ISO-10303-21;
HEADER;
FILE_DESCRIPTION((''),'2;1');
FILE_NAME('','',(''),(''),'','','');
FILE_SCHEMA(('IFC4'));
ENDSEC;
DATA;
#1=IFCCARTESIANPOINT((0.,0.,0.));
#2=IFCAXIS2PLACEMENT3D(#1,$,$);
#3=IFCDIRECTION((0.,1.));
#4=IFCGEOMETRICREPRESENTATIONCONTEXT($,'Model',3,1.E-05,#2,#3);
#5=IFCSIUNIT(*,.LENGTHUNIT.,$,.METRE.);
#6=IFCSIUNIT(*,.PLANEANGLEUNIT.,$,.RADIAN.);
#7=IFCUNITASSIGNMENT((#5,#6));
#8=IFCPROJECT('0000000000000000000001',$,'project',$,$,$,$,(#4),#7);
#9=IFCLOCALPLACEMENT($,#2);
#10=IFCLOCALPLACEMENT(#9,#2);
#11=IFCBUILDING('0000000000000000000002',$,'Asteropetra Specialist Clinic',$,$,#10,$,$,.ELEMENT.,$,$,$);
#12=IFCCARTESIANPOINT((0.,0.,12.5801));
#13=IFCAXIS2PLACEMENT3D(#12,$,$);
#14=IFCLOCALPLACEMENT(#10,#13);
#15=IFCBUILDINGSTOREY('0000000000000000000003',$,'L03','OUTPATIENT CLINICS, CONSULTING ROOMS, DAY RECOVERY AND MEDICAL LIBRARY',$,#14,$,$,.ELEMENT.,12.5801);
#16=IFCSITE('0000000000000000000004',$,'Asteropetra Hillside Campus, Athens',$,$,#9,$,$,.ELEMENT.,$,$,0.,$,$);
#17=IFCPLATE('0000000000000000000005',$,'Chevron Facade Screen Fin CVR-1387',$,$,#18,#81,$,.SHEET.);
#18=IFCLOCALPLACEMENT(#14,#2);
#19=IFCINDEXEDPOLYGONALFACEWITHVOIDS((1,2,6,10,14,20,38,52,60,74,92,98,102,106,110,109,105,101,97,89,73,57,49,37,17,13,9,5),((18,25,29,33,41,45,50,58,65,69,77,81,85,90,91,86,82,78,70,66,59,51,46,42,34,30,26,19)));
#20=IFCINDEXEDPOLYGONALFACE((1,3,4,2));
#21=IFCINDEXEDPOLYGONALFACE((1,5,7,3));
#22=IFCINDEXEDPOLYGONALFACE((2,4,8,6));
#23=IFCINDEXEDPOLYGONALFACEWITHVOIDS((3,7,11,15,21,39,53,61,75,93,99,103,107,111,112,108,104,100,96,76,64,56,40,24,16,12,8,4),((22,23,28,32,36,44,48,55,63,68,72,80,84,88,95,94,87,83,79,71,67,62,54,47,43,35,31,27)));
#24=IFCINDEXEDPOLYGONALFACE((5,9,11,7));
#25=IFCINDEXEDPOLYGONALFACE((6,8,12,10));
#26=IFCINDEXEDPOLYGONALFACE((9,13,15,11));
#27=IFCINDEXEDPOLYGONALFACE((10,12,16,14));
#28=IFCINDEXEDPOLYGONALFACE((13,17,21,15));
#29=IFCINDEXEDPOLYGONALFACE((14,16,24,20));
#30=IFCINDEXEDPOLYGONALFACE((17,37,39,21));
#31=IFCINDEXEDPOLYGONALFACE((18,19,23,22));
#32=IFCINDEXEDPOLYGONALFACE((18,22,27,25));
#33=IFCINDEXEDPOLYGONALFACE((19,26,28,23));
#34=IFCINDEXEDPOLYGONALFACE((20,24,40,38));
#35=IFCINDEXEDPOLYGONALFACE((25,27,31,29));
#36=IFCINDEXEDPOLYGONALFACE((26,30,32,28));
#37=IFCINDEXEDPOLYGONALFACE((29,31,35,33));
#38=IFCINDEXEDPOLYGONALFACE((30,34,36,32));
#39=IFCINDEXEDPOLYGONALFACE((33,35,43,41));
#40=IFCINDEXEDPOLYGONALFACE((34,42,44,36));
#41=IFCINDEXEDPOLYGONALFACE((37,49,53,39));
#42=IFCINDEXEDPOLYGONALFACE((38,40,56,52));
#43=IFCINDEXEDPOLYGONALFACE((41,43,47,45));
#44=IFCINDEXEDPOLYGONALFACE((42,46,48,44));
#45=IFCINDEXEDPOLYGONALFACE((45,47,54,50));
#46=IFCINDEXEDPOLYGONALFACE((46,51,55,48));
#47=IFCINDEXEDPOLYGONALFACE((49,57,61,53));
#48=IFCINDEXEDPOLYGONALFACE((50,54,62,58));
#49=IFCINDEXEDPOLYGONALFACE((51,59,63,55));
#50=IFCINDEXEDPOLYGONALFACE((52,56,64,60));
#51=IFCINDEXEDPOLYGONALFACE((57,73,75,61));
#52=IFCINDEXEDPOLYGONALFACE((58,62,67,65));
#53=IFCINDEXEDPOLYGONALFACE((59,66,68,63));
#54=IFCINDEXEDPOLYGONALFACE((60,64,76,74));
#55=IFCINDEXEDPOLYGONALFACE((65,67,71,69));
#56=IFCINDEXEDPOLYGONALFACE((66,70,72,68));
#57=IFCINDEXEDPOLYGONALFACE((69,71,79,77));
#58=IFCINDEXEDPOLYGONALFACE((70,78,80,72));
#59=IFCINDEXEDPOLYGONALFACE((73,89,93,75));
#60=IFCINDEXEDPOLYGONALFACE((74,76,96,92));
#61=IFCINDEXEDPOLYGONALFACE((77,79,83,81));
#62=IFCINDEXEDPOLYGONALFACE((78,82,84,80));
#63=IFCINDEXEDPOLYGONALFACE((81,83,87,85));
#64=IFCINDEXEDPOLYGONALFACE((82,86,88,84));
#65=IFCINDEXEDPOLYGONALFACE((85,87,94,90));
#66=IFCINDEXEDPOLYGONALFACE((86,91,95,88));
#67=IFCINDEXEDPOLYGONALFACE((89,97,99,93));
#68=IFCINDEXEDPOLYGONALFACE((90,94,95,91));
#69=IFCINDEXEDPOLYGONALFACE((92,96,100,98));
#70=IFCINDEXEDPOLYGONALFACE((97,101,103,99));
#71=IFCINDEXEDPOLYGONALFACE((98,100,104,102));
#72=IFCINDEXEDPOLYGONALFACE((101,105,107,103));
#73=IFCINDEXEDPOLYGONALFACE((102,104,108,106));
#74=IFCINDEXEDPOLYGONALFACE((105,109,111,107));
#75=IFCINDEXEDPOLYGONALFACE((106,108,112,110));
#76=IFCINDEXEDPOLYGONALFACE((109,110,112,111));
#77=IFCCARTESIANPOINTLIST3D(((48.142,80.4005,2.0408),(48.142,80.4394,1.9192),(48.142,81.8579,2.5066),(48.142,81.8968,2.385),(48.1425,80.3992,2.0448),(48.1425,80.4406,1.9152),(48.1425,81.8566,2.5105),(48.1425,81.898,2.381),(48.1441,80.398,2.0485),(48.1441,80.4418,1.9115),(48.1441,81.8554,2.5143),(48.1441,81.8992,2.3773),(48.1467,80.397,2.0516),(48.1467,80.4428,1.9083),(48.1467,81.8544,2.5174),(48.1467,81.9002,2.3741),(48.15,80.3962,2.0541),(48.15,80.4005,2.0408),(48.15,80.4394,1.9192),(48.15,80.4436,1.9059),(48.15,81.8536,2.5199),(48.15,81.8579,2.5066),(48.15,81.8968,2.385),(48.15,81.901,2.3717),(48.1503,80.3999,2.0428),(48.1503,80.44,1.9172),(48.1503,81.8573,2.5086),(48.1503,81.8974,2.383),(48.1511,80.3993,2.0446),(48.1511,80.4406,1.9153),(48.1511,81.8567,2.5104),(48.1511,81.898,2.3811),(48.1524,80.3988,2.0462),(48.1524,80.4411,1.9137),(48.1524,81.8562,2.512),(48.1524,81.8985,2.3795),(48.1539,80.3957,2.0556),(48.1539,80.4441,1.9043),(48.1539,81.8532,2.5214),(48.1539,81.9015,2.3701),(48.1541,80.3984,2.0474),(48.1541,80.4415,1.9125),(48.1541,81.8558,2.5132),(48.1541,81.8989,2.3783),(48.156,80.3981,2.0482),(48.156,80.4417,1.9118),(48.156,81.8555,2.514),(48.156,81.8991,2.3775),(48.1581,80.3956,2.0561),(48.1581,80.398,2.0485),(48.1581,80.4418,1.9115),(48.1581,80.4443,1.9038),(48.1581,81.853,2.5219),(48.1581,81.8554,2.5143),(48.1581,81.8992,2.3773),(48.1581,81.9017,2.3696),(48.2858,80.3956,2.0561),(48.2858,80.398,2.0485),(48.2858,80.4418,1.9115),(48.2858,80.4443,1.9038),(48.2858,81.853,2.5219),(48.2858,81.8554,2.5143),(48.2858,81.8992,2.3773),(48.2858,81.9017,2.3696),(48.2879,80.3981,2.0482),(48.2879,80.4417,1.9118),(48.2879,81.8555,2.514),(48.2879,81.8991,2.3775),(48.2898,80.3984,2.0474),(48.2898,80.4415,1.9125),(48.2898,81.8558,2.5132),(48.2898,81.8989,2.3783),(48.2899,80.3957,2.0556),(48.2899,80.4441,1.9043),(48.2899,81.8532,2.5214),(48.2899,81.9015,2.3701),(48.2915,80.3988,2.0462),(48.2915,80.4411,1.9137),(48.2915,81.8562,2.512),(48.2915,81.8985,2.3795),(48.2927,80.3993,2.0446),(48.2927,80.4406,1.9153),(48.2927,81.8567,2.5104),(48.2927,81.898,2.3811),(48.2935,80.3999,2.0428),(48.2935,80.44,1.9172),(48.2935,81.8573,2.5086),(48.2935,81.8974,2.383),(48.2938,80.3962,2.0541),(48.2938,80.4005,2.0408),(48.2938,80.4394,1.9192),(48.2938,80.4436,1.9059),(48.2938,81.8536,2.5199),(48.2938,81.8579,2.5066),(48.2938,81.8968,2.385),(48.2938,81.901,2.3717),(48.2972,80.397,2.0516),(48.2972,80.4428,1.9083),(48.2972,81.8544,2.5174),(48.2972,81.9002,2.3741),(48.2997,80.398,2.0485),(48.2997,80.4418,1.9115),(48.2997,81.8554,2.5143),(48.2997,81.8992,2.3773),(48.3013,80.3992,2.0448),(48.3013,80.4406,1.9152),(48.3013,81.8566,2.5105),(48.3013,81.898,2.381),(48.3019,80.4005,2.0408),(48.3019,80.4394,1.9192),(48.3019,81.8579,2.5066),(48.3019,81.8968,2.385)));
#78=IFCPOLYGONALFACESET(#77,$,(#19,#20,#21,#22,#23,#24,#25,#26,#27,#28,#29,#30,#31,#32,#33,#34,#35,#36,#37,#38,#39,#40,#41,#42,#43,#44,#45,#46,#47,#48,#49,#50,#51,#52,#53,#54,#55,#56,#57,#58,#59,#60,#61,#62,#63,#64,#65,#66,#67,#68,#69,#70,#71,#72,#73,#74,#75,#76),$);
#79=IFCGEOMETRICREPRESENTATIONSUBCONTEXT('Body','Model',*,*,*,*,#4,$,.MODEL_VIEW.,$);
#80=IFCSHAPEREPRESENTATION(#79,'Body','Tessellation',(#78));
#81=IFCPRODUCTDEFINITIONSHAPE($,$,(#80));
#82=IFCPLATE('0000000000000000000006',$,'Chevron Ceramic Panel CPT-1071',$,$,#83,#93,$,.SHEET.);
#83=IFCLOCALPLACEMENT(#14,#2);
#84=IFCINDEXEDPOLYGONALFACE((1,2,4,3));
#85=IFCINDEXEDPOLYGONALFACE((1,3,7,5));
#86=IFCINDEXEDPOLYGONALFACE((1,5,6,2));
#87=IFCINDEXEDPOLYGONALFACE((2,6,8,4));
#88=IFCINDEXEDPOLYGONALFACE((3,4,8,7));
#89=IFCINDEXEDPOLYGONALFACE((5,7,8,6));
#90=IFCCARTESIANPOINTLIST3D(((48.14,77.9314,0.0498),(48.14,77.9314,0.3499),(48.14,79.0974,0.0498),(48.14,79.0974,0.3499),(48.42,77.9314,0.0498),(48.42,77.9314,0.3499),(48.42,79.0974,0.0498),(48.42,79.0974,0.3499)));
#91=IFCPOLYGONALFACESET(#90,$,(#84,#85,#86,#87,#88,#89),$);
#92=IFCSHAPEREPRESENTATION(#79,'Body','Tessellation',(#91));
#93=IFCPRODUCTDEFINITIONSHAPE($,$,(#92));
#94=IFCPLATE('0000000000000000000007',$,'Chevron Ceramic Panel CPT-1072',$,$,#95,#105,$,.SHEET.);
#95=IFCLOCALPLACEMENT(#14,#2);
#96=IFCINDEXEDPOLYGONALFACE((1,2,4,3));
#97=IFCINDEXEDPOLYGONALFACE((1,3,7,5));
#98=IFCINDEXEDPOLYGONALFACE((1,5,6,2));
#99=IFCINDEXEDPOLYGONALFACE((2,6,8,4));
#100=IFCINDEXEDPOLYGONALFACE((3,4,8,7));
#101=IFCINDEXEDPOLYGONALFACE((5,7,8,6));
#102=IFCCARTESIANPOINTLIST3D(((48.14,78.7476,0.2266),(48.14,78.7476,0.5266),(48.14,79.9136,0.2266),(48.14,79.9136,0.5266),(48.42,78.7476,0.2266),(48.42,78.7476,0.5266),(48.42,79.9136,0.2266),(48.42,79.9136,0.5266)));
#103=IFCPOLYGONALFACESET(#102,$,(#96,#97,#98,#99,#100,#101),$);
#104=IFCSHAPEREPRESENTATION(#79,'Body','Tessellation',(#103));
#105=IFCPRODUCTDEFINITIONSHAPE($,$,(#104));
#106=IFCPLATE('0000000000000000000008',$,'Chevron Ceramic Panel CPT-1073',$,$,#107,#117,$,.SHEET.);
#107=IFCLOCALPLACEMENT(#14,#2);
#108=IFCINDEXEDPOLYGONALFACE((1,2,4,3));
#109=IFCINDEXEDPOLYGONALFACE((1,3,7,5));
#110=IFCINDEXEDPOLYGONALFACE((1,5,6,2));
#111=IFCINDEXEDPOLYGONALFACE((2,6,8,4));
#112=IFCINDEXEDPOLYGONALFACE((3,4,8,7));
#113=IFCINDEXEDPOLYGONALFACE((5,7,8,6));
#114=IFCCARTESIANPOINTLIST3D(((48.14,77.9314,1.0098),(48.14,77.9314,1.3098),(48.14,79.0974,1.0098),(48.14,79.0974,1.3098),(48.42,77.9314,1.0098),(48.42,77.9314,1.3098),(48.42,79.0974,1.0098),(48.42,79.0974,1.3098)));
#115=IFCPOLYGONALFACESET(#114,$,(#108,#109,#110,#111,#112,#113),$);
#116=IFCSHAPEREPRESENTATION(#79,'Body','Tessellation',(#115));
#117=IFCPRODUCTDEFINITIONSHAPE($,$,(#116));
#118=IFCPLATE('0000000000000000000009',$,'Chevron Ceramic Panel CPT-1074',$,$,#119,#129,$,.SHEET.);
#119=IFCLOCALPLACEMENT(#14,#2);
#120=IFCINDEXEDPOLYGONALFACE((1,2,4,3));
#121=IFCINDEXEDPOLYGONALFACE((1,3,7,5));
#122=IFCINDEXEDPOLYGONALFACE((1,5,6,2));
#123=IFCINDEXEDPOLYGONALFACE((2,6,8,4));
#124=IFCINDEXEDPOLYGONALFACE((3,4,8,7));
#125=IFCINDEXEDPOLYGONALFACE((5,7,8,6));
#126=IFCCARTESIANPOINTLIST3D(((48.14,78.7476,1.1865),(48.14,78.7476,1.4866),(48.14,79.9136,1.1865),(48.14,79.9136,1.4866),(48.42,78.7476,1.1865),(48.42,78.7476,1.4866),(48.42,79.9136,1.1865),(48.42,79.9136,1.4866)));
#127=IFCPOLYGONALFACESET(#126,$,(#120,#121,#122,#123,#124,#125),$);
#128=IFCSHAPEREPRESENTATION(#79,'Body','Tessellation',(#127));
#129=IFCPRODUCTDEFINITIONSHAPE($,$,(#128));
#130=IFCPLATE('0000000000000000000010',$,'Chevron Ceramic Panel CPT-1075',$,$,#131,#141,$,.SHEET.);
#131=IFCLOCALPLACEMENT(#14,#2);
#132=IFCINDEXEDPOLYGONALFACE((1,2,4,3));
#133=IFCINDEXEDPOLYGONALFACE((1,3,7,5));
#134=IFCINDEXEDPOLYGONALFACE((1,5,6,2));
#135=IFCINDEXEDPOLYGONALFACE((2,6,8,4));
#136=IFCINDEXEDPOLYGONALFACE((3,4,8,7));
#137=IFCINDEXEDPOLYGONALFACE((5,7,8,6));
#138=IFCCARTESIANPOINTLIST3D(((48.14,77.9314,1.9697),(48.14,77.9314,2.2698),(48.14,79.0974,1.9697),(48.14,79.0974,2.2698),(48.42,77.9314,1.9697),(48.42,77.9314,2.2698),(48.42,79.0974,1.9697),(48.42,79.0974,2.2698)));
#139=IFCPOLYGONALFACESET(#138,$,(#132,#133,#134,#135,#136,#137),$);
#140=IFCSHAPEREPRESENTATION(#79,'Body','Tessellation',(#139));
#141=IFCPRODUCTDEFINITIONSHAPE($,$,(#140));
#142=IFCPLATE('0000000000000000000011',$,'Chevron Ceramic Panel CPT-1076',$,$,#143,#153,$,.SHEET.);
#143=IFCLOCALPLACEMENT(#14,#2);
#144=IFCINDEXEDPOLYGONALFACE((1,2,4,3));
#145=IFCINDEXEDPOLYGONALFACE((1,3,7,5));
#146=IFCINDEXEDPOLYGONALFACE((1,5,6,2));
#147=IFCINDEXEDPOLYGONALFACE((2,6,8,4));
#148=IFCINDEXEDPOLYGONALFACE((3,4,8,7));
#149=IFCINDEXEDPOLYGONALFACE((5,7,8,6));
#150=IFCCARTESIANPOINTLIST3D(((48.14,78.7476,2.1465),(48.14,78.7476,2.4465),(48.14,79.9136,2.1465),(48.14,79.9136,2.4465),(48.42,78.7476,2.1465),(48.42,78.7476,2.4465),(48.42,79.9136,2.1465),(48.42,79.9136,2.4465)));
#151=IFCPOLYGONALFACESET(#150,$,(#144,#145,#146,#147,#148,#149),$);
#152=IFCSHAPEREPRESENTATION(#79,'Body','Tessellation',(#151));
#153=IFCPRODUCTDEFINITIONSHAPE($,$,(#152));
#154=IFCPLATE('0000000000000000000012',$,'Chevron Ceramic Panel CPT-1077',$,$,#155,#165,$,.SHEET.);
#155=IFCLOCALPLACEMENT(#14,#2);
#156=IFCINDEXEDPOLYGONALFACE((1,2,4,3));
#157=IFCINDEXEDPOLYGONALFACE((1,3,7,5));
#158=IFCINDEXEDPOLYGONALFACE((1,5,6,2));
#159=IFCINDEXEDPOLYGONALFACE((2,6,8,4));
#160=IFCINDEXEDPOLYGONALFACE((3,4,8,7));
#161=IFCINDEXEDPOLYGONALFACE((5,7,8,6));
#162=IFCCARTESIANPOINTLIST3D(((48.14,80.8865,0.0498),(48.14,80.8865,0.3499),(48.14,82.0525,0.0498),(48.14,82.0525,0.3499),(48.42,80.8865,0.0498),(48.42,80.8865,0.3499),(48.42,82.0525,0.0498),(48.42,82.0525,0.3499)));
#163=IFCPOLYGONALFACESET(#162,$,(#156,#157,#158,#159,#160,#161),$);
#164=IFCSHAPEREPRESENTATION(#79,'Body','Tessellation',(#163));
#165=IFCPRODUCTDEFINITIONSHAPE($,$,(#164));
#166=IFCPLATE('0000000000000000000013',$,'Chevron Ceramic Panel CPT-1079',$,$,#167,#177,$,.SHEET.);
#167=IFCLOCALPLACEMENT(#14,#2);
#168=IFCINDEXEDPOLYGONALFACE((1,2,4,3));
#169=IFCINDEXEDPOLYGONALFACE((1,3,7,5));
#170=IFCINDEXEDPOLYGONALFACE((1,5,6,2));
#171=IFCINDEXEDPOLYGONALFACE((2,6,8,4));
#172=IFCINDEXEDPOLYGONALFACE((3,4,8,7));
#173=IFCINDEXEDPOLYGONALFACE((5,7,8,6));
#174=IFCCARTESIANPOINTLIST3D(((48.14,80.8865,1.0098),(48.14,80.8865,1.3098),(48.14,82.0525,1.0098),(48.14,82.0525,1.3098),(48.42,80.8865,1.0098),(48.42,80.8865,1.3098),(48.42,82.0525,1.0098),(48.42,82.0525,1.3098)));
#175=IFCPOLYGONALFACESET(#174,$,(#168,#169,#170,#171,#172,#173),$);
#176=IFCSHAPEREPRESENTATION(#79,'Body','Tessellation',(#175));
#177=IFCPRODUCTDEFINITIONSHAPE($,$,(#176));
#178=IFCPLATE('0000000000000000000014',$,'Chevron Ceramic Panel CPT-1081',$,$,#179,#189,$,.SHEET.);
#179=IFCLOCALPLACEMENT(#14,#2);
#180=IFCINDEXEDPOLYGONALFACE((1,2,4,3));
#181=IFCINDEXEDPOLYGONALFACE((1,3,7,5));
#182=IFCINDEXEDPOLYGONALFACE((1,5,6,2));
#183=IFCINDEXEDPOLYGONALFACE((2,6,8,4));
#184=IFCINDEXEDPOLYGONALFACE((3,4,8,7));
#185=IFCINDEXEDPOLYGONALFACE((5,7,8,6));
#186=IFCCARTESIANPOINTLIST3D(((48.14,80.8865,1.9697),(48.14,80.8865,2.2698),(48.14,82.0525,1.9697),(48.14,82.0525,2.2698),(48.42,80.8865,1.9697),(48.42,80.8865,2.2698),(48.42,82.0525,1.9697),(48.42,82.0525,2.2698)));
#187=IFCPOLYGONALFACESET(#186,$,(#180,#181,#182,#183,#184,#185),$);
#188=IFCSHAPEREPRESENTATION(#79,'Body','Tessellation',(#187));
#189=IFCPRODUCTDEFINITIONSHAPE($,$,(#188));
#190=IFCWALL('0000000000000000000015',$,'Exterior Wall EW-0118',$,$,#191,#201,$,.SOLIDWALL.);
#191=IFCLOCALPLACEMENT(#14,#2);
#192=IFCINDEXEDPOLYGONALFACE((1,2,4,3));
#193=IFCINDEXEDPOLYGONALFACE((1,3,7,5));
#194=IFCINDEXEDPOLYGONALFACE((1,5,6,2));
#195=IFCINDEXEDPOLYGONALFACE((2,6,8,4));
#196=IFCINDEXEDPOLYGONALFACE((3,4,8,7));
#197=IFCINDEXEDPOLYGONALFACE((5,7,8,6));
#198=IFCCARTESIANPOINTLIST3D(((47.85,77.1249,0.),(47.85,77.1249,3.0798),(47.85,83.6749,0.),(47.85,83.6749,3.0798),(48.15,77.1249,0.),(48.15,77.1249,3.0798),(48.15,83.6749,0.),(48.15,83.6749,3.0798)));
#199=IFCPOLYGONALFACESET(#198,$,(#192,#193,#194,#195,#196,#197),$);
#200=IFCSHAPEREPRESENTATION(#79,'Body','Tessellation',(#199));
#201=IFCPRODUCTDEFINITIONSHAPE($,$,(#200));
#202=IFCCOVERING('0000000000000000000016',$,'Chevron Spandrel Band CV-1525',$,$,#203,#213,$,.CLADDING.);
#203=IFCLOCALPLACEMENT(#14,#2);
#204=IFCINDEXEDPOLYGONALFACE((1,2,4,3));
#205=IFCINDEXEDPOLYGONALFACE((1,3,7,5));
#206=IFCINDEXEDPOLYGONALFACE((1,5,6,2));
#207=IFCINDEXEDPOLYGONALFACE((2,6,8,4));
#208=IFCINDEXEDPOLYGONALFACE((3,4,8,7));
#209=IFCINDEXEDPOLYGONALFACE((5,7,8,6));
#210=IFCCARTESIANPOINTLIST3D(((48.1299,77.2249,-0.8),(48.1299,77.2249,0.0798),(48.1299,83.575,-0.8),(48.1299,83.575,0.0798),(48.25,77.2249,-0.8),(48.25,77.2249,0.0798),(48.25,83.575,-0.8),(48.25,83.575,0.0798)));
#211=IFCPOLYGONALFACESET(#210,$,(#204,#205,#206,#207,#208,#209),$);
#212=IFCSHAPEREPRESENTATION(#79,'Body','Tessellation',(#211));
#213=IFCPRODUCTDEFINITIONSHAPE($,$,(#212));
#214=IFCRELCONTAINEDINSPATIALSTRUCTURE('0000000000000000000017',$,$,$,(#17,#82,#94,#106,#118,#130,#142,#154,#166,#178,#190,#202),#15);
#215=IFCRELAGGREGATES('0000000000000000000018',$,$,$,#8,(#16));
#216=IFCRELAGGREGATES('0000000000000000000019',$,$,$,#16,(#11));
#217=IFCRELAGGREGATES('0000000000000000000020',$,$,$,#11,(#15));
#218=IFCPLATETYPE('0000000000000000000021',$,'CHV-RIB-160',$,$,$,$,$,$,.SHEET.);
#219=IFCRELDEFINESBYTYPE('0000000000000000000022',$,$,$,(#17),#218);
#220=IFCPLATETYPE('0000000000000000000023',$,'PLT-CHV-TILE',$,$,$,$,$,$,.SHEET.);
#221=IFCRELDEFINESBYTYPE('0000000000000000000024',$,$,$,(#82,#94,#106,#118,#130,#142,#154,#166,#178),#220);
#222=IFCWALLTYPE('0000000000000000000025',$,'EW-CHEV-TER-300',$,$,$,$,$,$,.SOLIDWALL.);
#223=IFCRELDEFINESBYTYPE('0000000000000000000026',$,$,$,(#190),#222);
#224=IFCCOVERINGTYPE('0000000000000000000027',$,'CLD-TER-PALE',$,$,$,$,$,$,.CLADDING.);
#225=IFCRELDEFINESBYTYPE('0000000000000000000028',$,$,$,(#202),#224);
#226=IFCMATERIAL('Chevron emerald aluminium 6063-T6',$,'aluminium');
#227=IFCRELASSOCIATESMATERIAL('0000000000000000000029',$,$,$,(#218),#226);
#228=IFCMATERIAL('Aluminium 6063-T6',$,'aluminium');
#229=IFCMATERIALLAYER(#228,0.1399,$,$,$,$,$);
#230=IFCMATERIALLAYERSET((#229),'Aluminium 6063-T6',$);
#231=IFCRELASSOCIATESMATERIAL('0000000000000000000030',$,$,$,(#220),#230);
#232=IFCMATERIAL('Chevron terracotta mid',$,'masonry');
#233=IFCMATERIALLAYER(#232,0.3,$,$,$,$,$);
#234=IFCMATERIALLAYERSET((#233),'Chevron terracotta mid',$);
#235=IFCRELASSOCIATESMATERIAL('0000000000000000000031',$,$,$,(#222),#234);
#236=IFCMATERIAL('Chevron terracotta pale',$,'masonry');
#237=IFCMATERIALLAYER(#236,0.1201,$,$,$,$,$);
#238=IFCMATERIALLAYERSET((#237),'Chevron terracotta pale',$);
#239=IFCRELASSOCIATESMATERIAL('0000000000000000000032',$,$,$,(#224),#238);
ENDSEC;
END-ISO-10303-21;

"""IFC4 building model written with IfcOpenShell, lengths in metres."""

from ifc_helpers import new_model, si_unit, direction, frame, frame_2d, origin, origin_2d, place, context, subcontext, project, spatial, rectangle, hollow_rectangle, extrude, material, layer, layer_set, material_profile, profile_set, type_object, element, save


model = new_model("IFC4")

# Units and contexts
model_context = context("Model", 3, precision=1e-05, world=origin(), true_north=direction((0.0, 1.0)))
body_context = subcontext(model_context, "Body", "Model", "MODEL_VIEW")
ifc_project = project(units=[si_unit("LENGTHUNIT", "METRE"), si_unit("PLANEANGLEUNIT", "RADIAN")], contexts=[model_context])

# Site, building, storey
site_placement = place(None, origin())
site = spatial("IfcSite", under=ifc_project, at=site_placement, Name="Asteropetra Hillside Campus, Athens", CompositionType="ELEMENT", RefElevation=0.0)
building_placement = place(site_placement, origin())
building = spatial("IfcBuilding", under=site, at=building_placement, Name="Asteropetra Specialist Clinic", CompositionType="ELEMENT")
storey_placement = place(building_placement, frame((0.0, 0.0, 12.5801)))
storey = spatial("IfcBuildingStorey", under=building, at=storey_placement, Name="L03", Description="OUTPATIENT CLINICS, CONSULTING ROOMS, DAY RECOVERY AND MEDICAL LIBRARY", CompositionType="ELEMENT", Elevation=12.5801)

# Plates
ifc_material_1 = material(Name="Chevron emerald aluminium 6063-T6", Category="aluminium")
ifc_material_profile_1 = material_profile(ifc_material_1, hollow_rectangle(XDim=0.1599, YDim=0.1599, WallThickness=0.0081, InnerFilletRadius=0.0081, OuterFilletRadius=0.0161, at=origin_2d()), Name="SHS 160x160x8.0")
ifc_profile_set_1 = profile_set([ifc_material_profile_1], Name="Chevron emerald aluminium 6063-T6")
plate_type_1 = type_object("IfcPlateType", Name="CHV-RIB-160", PredefinedType="SHEET", material=ifc_profile_set_1)
for number, where, z_axis, x_axis, name in (
    (1, (48.2219, 80.4199, 1.98), (0.0, 0.952535, 0.304428), (-1.0, 0.0, 0.0), "Chevron Facade Screen Fin CVR-1387"),
):
    element("IfcPlate", number, at=place(storey_placement, frame(where, z_axis=z_axis, x_axis=x_axis)), inside=storey, type_object=plate_type_1, Name=name, PredefinedType="SHEET", context=body_context, shape_type="SweptSolid", body=[
        extrude(hollow_rectangle(XDim=0.1599, YDim=0.1599, WallThickness=0.0081, InnerFilletRadius=0.0081, OuterFilletRadius=0.0161, at=origin_2d()), origin(), (0.0, 0.0, 1.0), 1.53),
    ])
ifc_material_2 = material(Name="Aluminium 6063-T6", Category="aluminium")
ifc_layer_1 = layer(ifc_material_2, 0.1399)
ifc_layer_set_1 = layer_set([ifc_layer_1], Name="Aluminium 6063-T6")
plate_type_2 = type_object("IfcPlateType", Name="PLT-CHV-TILE", PredefinedType="SHEET", material=ifc_layer_set_1)
for number, where, z_axis, x_axis, name in (
    (2, (48.28, 78.5144, 0.0498), (0.0, 0.0, 1.0), (1.0, 0.0, 0.0), "Chevron Ceramic Panel CPT-1071"),
    (3, (48.28, 79.3306, 0.2266), (0.0, 0.0, 1.0), (1.0, 0.0, 0.0), "Chevron Ceramic Panel CPT-1072"),
    (4, (48.28, 78.5144, 1.0098), (0.0, 0.0, 1.0), (1.0, 0.0, 0.0), "Chevron Ceramic Panel CPT-1073"),
    (5, (48.28, 79.3306, 1.1865), (0.0, 0.0, 1.0), (1.0, 0.0, 0.0), "Chevron Ceramic Panel CPT-1074"),
    (6, (48.28, 78.5144, 1.9697), (0.0, 0.0, 1.0), (1.0, 0.0, 0.0), "Chevron Ceramic Panel CPT-1075"),
    (7, (48.28, 79.3306, 2.1465), (0.0, 0.0, 1.0), (1.0, 0.0, 0.0), "Chevron Ceramic Panel CPT-1076"),
    (8, (48.28, 81.4695, 0.0498), (0.0, 0.0, 1.0), (1.0, 0.0, 0.0), "Chevron Ceramic Panel CPT-1077"),
    (9, (48.28, 81.4695, 1.0098), (0.0, 0.0, 1.0), (1.0, 0.0, 0.0), "Chevron Ceramic Panel CPT-1079"),
    (10, (48.28, 81.4695, 1.9697), (0.0, 0.0, 1.0), (1.0, 0.0, 0.0), "Chevron Ceramic Panel CPT-1081"),
):
    element("IfcPlate", number, at=place(storey_placement, frame(where, z_axis=z_axis, x_axis=x_axis)), inside=storey, type_object=plate_type_2, Name=name, PredefinedType="SHEET", context=body_context, shape_type="SweptSolid", body=[
        extrude(rectangle(XDim=0.28, YDim=1.166, at=origin_2d()), origin(), (0.0, 0.0, 1.0), 0.3),
    ])

# Wall
ifc_material_3 = material(Name="Chevron terracotta mid", Category="masonry")
ifc_layer_2 = layer(ifc_material_3, 0.3)
ifc_layer_set_2 = layer_set([ifc_layer_2], Name="Chevron terracotta mid")
wall_type = type_object("IfcWallType", Name="EW-CHEV-TER-300", PredefinedType="SOLIDWALL", material=ifc_layer_set_2)
wall_placement = place(storey_placement, frame((48.0, 77.125, 0.0), z_axis=(0.0, 0.0, 1.0), x_axis=(0.0, 1.0, 0.0)))
element("IfcWall", 11, at=wall_placement, inside=storey, type_object=wall_type, Name="Exterior Wall EW-0118", PredefinedType="SOLIDWALL", context=body_context, shape_type="SweptSolid", body=[
    extrude(rectangle(XDim=6.55, YDim=0.3, at=frame_2d((3.2749, 0.0))), origin(), (0.0, 0.0, 1.0), 3.0798),
])

# Covering
ifc_material_4 = material(Name="Chevron terracotta pale", Category="masonry")
ifc_layer_3 = layer(ifc_material_4, 0.1201)
ifc_layer_set_3 = layer_set([ifc_layer_3], Name="Chevron terracotta pale")
covering_type_1 = type_object("IfcCoveringType", Name="CLD-TER-PALE", PredefinedType="CLADDING", material=ifc_layer_set_3)
covering_1_placement = place(storey_placement, frame((48.1899, 80.3999, -0.8), z_axis=(0.0, 0.0, 1.0), x_axis=(1.0, 0.0, 0.0)))
element("IfcCovering", 12, at=covering_1_placement, inside=storey, type_object=covering_type_1, Name="Chevron Spandrel Band CV-1525", PredefinedType="CLADDING", context=body_context, shape_type="SweptSolid", body=[
    extrude(rectangle(XDim=0.1201, YDim=6.3501, at=origin_2d()), origin(), (0.0, 0.0, 1.0), 0.8799),
])

save(model, "model.ifc")
